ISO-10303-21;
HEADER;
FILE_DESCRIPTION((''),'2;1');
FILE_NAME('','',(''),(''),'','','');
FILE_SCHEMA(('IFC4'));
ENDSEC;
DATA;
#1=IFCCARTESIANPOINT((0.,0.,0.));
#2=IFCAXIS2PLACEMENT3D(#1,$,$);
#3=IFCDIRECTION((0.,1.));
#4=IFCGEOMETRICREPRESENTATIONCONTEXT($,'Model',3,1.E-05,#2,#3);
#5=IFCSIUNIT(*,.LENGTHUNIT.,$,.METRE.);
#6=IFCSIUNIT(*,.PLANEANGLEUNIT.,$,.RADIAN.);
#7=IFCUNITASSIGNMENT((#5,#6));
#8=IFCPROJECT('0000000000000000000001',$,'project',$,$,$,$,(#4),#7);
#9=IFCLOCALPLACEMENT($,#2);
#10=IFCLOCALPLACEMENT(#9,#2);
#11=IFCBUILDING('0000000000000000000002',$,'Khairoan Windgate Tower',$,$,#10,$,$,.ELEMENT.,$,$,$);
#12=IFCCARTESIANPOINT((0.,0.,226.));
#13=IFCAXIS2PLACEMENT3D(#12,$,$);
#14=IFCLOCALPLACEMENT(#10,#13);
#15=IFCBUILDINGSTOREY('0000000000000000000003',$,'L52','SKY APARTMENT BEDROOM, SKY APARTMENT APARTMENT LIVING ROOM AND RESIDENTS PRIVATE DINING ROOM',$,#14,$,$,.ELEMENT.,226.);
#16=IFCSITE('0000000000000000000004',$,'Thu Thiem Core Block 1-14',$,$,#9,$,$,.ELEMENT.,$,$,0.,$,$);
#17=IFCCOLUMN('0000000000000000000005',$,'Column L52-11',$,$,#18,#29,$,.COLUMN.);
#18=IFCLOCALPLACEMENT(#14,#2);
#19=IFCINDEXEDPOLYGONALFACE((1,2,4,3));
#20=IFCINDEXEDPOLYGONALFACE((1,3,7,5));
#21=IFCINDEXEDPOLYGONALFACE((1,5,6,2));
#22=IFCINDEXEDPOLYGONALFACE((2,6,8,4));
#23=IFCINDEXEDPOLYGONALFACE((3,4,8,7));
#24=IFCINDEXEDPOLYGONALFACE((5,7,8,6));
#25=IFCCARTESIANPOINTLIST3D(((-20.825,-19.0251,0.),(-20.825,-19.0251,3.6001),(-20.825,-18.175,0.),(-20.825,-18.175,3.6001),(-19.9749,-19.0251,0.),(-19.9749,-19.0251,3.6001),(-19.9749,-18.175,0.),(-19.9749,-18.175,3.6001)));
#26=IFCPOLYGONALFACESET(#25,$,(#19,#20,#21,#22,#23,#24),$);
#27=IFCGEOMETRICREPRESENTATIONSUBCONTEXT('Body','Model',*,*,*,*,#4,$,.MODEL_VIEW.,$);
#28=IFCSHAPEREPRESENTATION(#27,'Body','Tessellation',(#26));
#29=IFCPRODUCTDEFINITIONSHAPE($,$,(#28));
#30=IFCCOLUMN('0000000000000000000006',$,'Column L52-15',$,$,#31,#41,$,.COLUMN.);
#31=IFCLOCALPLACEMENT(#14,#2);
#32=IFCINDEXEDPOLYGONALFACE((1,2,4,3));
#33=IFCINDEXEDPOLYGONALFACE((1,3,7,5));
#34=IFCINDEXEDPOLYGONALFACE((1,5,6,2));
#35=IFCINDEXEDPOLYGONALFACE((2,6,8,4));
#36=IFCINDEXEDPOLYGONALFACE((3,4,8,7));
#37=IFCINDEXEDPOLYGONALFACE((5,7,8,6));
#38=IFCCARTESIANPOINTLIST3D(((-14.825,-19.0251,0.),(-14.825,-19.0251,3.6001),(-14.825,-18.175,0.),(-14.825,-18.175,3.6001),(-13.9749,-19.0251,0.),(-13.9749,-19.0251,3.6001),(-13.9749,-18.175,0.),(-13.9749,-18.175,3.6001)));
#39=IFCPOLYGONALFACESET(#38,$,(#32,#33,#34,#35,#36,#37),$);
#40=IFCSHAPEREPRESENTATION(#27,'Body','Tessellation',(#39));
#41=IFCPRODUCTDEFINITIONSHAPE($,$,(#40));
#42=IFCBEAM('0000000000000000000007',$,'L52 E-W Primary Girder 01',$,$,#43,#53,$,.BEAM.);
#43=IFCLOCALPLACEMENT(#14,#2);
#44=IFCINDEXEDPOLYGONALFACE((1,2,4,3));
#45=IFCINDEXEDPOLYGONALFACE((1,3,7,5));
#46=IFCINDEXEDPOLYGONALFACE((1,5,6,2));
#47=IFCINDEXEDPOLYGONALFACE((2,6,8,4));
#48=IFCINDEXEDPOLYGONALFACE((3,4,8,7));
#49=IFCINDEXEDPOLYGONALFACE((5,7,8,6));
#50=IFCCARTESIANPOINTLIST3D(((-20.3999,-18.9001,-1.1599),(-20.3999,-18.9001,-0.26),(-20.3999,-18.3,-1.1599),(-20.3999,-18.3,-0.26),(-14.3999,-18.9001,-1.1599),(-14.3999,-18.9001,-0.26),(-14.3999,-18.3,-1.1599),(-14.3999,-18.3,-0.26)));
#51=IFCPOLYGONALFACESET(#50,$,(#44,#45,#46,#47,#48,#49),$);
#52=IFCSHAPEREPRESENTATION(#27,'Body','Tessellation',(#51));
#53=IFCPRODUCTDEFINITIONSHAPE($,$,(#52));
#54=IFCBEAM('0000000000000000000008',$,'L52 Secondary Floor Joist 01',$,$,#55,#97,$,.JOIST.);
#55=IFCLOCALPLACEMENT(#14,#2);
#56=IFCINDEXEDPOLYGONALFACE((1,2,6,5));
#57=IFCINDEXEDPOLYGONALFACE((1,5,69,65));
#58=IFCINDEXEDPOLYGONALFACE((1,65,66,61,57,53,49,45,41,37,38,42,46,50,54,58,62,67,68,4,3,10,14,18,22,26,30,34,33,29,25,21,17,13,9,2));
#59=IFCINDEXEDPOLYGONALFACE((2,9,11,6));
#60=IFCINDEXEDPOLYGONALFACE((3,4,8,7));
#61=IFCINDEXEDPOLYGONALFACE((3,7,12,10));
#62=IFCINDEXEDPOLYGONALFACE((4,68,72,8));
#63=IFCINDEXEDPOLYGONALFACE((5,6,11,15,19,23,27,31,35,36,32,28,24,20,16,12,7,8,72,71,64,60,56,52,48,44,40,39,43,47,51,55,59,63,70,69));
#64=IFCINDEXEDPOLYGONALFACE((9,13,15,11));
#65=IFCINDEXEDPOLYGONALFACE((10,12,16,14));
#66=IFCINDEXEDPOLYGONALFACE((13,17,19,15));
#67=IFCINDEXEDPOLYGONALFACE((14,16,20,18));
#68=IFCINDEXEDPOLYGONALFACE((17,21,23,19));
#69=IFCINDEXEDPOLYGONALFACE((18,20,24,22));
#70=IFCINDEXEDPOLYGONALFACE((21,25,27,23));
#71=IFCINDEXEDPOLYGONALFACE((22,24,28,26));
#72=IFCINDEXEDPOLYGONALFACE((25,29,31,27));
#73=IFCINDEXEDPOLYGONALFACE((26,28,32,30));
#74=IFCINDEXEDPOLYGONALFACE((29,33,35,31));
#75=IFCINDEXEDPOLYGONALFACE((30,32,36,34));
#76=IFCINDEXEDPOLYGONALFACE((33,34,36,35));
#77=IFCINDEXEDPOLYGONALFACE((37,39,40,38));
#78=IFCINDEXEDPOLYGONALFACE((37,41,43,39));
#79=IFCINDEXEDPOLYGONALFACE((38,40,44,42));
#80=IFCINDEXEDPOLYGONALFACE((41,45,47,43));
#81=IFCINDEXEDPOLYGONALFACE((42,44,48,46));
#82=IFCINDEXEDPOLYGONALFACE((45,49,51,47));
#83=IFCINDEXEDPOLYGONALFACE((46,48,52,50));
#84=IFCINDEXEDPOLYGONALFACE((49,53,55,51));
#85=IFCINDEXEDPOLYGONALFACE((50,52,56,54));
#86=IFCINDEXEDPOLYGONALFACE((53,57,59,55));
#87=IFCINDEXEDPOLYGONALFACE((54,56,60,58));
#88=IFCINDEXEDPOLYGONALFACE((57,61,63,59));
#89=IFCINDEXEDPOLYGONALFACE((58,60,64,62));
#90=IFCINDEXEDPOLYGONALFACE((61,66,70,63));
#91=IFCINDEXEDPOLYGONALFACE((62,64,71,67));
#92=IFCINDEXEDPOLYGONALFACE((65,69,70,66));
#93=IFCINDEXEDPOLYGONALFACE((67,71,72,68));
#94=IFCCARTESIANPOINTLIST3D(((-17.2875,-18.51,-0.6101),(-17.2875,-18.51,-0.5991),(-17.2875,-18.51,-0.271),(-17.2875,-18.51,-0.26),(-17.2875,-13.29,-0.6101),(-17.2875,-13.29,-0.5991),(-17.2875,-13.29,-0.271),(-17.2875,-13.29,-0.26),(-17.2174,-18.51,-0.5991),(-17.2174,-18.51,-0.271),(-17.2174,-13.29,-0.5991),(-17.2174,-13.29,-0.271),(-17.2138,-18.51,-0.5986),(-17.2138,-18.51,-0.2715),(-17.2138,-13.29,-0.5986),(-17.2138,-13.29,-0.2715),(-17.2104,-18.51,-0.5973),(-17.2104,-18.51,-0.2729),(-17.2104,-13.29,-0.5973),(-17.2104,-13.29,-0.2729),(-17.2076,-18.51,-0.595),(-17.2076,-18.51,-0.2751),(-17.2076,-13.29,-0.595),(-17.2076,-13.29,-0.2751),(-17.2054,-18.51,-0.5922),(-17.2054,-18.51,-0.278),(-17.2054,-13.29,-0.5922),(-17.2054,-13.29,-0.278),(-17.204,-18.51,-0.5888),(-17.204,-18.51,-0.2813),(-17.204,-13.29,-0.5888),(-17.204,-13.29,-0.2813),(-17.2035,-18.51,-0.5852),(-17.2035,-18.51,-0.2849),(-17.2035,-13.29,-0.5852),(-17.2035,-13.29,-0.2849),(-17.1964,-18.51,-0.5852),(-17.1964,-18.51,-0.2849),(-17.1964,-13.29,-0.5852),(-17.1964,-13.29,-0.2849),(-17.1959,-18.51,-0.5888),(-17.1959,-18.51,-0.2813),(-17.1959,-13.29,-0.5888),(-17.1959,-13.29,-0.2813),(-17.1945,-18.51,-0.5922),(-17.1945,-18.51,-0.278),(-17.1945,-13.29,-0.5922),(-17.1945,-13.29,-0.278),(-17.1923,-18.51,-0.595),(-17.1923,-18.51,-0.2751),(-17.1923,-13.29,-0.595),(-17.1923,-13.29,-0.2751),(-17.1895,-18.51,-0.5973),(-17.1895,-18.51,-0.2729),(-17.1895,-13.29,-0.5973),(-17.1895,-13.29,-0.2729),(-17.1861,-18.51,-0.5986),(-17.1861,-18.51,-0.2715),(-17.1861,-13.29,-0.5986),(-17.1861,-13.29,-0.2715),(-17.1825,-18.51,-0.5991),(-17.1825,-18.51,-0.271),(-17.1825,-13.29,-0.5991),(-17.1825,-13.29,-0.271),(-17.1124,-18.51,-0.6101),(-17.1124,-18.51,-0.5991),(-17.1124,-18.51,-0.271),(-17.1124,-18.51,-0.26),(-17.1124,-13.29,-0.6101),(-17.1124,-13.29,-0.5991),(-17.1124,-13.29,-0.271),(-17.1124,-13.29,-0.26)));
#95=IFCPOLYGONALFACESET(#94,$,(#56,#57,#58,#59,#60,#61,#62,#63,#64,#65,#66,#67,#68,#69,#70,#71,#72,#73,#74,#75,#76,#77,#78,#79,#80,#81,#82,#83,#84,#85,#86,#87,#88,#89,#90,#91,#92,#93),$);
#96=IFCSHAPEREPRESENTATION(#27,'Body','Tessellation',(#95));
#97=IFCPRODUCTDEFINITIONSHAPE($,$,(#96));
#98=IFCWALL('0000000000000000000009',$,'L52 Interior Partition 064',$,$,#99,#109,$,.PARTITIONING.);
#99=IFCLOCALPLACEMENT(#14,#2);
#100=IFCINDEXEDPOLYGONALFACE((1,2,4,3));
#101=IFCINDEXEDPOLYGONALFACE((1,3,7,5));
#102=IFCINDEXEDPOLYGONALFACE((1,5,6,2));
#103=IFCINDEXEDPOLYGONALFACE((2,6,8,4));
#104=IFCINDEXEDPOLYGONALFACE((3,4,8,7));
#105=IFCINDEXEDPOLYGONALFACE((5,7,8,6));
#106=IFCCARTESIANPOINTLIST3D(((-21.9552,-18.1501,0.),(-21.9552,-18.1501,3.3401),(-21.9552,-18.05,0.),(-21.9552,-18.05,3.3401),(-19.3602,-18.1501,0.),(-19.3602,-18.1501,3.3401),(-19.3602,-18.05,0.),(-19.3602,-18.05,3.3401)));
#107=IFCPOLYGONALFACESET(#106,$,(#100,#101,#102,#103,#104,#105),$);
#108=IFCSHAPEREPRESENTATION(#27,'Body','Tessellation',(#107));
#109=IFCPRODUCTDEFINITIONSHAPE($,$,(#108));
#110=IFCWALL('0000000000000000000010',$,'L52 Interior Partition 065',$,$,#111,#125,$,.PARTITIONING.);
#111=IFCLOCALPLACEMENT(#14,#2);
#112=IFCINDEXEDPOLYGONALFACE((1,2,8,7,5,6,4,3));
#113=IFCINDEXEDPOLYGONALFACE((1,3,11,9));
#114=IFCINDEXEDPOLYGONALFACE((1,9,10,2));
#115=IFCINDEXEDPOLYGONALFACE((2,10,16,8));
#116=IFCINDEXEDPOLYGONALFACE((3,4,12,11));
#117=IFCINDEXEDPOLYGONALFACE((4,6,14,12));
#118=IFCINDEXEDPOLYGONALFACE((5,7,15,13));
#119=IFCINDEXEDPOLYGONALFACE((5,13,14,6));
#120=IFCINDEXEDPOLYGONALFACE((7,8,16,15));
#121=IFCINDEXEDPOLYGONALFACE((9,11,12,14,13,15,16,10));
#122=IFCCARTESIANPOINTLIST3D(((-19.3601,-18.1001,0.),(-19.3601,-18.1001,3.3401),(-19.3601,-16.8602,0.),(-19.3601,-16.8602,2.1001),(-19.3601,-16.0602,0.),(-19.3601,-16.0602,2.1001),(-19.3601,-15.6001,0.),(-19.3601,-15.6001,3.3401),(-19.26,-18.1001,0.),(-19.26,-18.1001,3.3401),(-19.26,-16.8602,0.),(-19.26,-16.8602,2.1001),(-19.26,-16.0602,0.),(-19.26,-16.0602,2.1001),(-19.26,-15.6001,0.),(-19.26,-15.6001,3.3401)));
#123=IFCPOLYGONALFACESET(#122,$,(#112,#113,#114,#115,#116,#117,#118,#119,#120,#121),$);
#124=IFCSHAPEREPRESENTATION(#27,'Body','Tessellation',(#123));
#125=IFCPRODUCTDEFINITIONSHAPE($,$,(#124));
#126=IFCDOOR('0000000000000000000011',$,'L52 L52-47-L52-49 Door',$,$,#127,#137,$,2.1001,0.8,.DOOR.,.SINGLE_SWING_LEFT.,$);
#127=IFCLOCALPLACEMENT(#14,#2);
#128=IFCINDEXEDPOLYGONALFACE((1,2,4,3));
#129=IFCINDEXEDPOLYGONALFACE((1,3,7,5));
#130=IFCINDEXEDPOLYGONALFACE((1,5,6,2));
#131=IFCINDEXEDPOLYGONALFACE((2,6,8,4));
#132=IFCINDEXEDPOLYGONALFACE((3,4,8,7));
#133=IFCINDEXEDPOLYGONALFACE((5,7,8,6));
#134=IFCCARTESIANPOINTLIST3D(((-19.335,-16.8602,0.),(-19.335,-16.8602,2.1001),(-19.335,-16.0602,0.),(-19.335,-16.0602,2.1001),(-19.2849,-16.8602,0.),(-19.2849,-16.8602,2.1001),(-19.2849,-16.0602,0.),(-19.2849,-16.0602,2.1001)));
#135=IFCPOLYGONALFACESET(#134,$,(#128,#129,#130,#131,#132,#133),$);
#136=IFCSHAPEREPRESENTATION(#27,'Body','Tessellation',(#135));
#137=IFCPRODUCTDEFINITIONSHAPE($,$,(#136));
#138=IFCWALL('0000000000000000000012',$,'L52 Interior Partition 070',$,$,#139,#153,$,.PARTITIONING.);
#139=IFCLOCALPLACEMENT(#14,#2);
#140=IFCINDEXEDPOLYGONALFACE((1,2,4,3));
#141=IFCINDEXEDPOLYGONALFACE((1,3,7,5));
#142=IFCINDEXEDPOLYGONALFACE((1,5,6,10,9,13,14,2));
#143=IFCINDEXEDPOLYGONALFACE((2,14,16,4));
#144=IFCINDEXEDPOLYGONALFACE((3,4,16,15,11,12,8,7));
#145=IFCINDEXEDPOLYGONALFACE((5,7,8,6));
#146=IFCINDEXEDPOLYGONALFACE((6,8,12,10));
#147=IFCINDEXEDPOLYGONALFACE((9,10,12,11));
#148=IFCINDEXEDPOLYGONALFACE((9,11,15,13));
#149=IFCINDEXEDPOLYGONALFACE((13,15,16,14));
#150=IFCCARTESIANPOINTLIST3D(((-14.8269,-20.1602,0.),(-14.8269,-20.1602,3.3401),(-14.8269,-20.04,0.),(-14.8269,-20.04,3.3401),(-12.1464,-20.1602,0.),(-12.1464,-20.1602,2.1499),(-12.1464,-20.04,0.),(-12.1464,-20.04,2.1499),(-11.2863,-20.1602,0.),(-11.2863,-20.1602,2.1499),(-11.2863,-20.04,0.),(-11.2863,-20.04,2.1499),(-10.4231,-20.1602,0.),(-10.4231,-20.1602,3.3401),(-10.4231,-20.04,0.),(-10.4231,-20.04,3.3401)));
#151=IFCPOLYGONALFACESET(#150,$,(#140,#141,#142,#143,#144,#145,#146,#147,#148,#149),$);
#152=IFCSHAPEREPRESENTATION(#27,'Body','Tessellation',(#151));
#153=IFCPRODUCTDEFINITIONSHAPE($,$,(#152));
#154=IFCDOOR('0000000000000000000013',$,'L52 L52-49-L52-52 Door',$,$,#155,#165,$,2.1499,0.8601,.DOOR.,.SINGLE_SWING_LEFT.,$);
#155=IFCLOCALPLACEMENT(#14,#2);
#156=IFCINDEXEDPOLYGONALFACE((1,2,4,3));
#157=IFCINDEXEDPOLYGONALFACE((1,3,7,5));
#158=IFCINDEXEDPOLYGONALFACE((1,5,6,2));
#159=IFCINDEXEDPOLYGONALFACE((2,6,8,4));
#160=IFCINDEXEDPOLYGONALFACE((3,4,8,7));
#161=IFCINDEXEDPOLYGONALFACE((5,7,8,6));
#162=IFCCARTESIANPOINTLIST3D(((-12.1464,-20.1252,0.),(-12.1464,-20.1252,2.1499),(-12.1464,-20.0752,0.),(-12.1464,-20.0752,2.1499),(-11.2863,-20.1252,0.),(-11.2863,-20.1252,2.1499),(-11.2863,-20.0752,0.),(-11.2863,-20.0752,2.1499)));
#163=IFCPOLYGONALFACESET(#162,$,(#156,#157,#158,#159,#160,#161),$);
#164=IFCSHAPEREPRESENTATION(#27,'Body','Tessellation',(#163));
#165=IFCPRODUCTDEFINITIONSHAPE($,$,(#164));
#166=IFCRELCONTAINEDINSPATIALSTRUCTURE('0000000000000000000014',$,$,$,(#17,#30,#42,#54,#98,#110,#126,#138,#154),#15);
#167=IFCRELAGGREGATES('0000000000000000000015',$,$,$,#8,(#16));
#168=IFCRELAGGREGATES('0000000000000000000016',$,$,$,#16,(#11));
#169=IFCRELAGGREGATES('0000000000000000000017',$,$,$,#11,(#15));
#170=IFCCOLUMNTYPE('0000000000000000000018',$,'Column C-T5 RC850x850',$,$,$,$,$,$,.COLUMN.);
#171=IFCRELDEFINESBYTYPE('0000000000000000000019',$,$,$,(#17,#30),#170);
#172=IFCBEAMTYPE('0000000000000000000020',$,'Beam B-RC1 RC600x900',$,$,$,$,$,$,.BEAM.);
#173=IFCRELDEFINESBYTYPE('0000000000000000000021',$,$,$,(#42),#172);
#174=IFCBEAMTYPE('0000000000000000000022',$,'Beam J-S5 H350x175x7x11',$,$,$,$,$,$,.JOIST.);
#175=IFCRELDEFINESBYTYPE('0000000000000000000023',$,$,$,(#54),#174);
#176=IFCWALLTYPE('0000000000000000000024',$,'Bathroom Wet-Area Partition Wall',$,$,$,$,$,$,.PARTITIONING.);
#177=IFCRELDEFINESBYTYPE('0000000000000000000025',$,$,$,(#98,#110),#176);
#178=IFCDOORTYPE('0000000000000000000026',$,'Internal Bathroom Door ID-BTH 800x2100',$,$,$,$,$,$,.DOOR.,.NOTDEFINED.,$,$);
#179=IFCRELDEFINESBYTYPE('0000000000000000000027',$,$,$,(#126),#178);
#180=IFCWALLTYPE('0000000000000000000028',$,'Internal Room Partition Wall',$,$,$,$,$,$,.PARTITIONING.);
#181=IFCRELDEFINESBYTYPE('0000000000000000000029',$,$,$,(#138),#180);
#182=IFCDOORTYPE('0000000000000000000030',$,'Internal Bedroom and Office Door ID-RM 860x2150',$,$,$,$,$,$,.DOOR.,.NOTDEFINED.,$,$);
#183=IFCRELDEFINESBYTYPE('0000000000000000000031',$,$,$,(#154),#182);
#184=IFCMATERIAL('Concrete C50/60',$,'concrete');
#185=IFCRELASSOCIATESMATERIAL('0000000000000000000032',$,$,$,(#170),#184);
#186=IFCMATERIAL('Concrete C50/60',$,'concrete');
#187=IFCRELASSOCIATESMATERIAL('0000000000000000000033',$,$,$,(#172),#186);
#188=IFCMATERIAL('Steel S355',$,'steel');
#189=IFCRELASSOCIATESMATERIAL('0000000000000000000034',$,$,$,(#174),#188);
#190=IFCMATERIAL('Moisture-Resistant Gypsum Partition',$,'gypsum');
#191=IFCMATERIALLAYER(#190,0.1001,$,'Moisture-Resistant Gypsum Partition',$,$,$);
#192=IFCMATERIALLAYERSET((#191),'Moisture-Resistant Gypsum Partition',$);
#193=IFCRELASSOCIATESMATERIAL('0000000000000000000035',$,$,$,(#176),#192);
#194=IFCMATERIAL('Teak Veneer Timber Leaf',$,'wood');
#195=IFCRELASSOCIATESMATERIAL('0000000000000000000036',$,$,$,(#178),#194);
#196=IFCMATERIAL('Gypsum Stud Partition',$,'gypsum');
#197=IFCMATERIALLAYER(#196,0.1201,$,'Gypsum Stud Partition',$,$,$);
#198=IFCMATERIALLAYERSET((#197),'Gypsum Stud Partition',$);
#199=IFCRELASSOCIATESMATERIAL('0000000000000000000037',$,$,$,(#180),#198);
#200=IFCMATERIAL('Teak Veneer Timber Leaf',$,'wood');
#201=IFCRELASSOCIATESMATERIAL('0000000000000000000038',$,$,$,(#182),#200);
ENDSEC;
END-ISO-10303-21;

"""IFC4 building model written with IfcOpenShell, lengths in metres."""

from ifc_helpers import new_model, si_unit, direction, frame, frame_2d, origin, origin_2d, place, context, subcontext, project, spatial, rectangle, i_section, extrude, material, layer, layer_set, material_profile, profile_set, type_object, element, fill, save


model = new_model("IFC4")

# Units and contexts
model_context = context("Model", 3, precision=1e-05, world=origin(), true_north=direction((0.0, 1.0)))
body_context = subcontext(model_context, "Body", "Model", "MODEL_VIEW")
ifc_project = project(units=[si_unit("LENGTHUNIT", "METRE"), si_unit("PLANEANGLEUNIT", "RADIAN")], contexts=[model_context])

# Site, building, storey
site_placement = place(None, origin())
site = spatial("IfcSite", under=ifc_project, at=site_placement, Name="Thu Thiem Core Block 1-14", CompositionType="ELEMENT", RefElevation=0.0)
building_placement = place(site_placement, origin())
building = spatial("IfcBuilding", under=site, at=building_placement, Name="Khairoan Windgate Tower", CompositionType="ELEMENT")
storey_placement = place(building_placement, frame((0.0, 0.0, 226.0)))
storey = spatial("IfcBuildingStorey", under=building, at=storey_placement, Name="L52", Description="SKY APARTMENT BEDROOM, SKY APARTMENT APARTMENT LIVING ROOM AND RESIDENTS PRIVATE DINING ROOM", CompositionType="ELEMENT", Elevation=226.0)

# Columns
ifc_material_1 = material(Name="Concrete C50/60", Category="concrete")
ifc_material_profile_1 = material_profile(ifc_material_1, rectangle(XDim=0.8501, YDim=0.8501, at=origin_2d()))
ifc_profile_set_1 = profile_set([ifc_material_profile_1], Name="Concrete C50/60")
column_type = type_object("IfcColumnType", Name="Column C-T5 RC850x850", PredefinedType="COLUMN", material=ifc_profile_set_1)
for number, where, z_axis, x_axis, name in (
    (1, (-20.3999, -18.6001, 0.0), (0.0, 0.0, 1.0), (1.0, 0.0, 0.0), "Column L52-11"),
    (2, (-14.3999, -18.6001, 0.0), (0.0, 0.0, 1.0), (1.0, 0.0, 0.0), "Column L52-15"),
):
    element("IfcColumn", number, at=place(storey_placement, frame(where, z_axis=z_axis, x_axis=x_axis)), inside=storey, type_object=column_type, Name=name, PredefinedType="COLUMN", context=body_context, shape_type="SweptSolid", body=[
        extrude(rectangle(XDim=0.8501, YDim=0.8501, at=origin_2d()), origin(), (0.0, 0.0, 1.0), 3.6001),
    ])

# Beams
ifc_material_2 = material(Name="Concrete C50/60", Category="concrete")
ifc_material_profile_2 = material_profile(ifc_material_2, rectangle(XDim=0.6001, YDim=0.8999, at=origin_2d()))
ifc_profile_set_2 = profile_set([ifc_material_profile_2], Name="Concrete C50/60")
beam_type_1 = type_object("IfcBeamType", Name="Beam B-RC1 RC600x900", PredefinedType="BEAM", material=ifc_profile_set_2)
beam_1_placement = place(storey_placement, frame((-20.3999, -18.6001, -0.71), z_axis=(1.0, 0.0, 0.0), x_axis=(0.0, 1.0, 0.0)))
element("IfcBeam", 3, at=beam_1_placement, inside=storey, type_object=beam_type_1, Name="L52 E-W Primary Girder 01", PredefinedType="BEAM", context=body_context, shape_type="SweptSolid", body=[
    extrude(rectangle(XDim=0.6001, YDim=0.8999, at=origin_2d()), origin(), (0.0, 0.0, 1.0), 6.0),
])
ifc_material_3 = material(Name="Steel S355", Category="steel")
ifc_material_profile_3 = material_profile(ifc_material_3, i_section(OverallWidth=0.175, OverallDepth=0.3501, WebThickness=0.0071, FlangeThickness=0.011, FilletRadius=0.0139, at=origin_2d()))
ifc_profile_set_3 = profile_set([ifc_material_profile_3], Name="Steel S355")
beam_type_2 = type_object("IfcBeamType", Name="Beam J-S5 H350x175x7x11", PredefinedType="JOIST", material=ifc_profile_set_3)
beam_2_placement = place(storey_placement, frame((-17.2, -18.51, -0.4351), z_axis=(0.0, 1.0, 0.0), x_axis=(-1.0, 0.0, 0.0)))
element("IfcBeam", 4, at=beam_2_placement, inside=storey, type_object=beam_type_2, Name="L52 Secondary Floor Joist 01", PredefinedType="JOIST", context=body_context, shape_type="SweptSolid", body=[
    extrude(i_section(OverallWidth=0.175, OverallDepth=0.3501, WebThickness=0.0071, FlangeThickness=0.011, FilletRadius=0.0139, at=origin_2d()), origin(), (0.0, 0.0, 1.0), 5.22),
])

# Wall
ifc_material_4 = material(Name="Moisture-Resistant Gypsum Partition", Category="gypsum")
ifc_layer_1 = layer(ifc_material_4, 0.1001, Name="Moisture-Resistant Gypsum Partition")
ifc_layer_set_1 = layer_set([ifc_layer_1], Name="Moisture-Resistant Gypsum Partition")
wall_type_1 = type_object("IfcWallType", Name="Bathroom Wet-Area Partition Wall", PredefinedType="PARTITIONING", material=ifc_layer_set_1)
wall_1_placement = place(storey_placement, frame((-21.9551, -18.1001, 0.0), z_axis=(0.0, 0.0, 1.0), x_axis=(1.0, 0.0, 0.0)))
element("IfcWall", 5, at=wall_1_placement, inside=storey, type_object=wall_type_1, Name="L52 Interior Partition 064", PredefinedType="PARTITIONING", context=body_context, shape_type="SweptSolid", body=[
    extrude(rectangle(XDim=2.595, YDim=0.1001, at=frame_2d((1.2974, 0.0))), origin(), (0.0, 0.0, 1.0), 3.3401),
])

# Walls, openings, doors
wall_2_placement = place(storey_placement, frame((-19.3101, -18.1001, 0.0), z_axis=(0.0, 0.0, 1.0), x_axis=(0.0, 1.0, 0.0)))
wall_2 = element("IfcWall", 6, at=wall_2_placement, inside=storey, type_object=wall_type_1, Name="L52 Interior Partition 065", PredefinedType="PARTITIONING", context=body_context, shape_type="SweptSolid", body=[
    extrude(rectangle(XDim=2.5, YDim=0.1001, at=frame_2d((1.25, 0.0))), origin(), (0.0, 0.0, 1.0), 3.3401),
])
opening_1_placement = place(wall_2_placement, frame((1.24, 0.0, 0.0)))
opening_1 = element("IfcOpeningElement", 7, at=opening_1_placement, cuts=wall_2, PredefinedType="OPENING", context=body_context, shape_type="SweptSolid", body=[
    extrude(rectangle(XDim=0.8, YDim=2.1001, at=frame_2d((0.3999, 1.05))), frame((0.0, 0.0601, 0.0), z_axis=(0.0, -1.0, 0.0), x_axis=(1.0, 0.0, 0.0)), (0.0, 0.0, 1.0), 0.1201),
])
ifc_material_5 = material(Name="Teak Veneer Timber Leaf", Category="wood")
door_type_1 = type_object("IfcDoorType", Name="Internal Bathroom Door ID-BTH 800x2100", OperationType="NOTDEFINED", PredefinedType="DOOR", material=ifc_material_5)
door_1_placement = place(opening_1_placement, origin())
door_1 = element("IfcDoor", 8, at=door_1_placement, inside=storey, type_object=door_type_1, Name="L52 L52-47-L52-49 Door", OperationType="SINGLE_SWING_LEFT", OverallHeight=2.1001, OverallWidth=0.8, PredefinedType="DOOR", context=body_context, shape_type="SweptSolid", body=[
    extrude(rectangle(XDim=0.8, YDim=2.1001, at=frame_2d((0.3999, 1.05))), frame((0.0, 0.0249, 0.0), z_axis=(0.0, -1.0, 0.0), x_axis=(1.0, 0.0, 0.0)), (0.0, 0.0, 1.0), 0.05),
])
fill(opening_1, door_1)
ifc_material_6 = material(Name="Gypsum Stud Partition", Category="gypsum")
ifc_layer_2 = layer(ifc_material_6, 0.1201, Name="Gypsum Stud Partition")
ifc_layer_set_2 = layer_set([ifc_layer_2], Name="Gypsum Stud Partition")
wall_type_2 = type_object("IfcWallType", Name="Internal Room Partition Wall", PredefinedType="PARTITIONING", material=ifc_layer_set_2)
wall_3_placement = place(storey_placement, frame((-14.8269, -20.1001, 0.0), z_axis=(0.0, 0.0, 1.0), x_axis=(1.0, 0.0, 0.0)))
wall_3 = element("IfcWall", 9, at=wall_3_placement, inside=storey, type_object=wall_type_2, Name="L52 Interior Partition 070", PredefinedType="PARTITIONING", context=body_context, shape_type="SweptSolid", body=[
    extrude(rectangle(XDim=4.4038, YDim=0.1201, at=frame_2d((2.2019, 0.0))), origin(), (0.0, 0.0, 1.0), 3.3401),
])
opening_2_placement = place(wall_3_placement, frame((2.6804, 0.0, 0.0)))
opening_2 = element("IfcOpeningElement", 10, at=opening_2_placement, cuts=wall_3, PredefinedType="OPENING", context=body_context, shape_type="SweptSolid", body=[
    extrude(rectangle(XDim=0.8601, YDim=2.1499, at=frame_2d((0.4302, 1.075))), frame((0.0, 0.0701, 0.0), z_axis=(0.0, -1.0, 0.0), x_axis=(1.0, 0.0, 0.0)), (0.0, 0.0, 1.0), 0.1401),
])
ifc_material_7 = material(Name="Teak Veneer Timber Leaf", Category="wood")
door_type_2 = type_object("IfcDoorType", Name="Internal Bedroom and Office Door ID-RM 860x2150", OperationType="NOTDEFINED", PredefinedType="DOOR", material=ifc_material_7)
door_2_placement = place(opening_2_placement, origin())
door_2 = element("IfcDoor", 11, at=door_2_placement, inside=storey, type_object=door_type_2, Name="L52 L52-49-L52-52 Door", OperationType="SINGLE_SWING_LEFT", OverallHeight=2.1499, OverallWidth=0.8601, PredefinedType="DOOR", context=body_context, shape_type="SweptSolid", body=[
    extrude(rectangle(XDim=0.8601, YDim=2.1499, at=frame_2d((0.4302, 1.075))), frame((0.0, 0.0249, 0.0), z_axis=(0.0, -1.0, 0.0), x_axis=(1.0, 0.0, 0.0)), (0.0, 0.0, 1.0), 0.05),
])
fill(opening_2, door_2)

save(model, "model.ifc")
